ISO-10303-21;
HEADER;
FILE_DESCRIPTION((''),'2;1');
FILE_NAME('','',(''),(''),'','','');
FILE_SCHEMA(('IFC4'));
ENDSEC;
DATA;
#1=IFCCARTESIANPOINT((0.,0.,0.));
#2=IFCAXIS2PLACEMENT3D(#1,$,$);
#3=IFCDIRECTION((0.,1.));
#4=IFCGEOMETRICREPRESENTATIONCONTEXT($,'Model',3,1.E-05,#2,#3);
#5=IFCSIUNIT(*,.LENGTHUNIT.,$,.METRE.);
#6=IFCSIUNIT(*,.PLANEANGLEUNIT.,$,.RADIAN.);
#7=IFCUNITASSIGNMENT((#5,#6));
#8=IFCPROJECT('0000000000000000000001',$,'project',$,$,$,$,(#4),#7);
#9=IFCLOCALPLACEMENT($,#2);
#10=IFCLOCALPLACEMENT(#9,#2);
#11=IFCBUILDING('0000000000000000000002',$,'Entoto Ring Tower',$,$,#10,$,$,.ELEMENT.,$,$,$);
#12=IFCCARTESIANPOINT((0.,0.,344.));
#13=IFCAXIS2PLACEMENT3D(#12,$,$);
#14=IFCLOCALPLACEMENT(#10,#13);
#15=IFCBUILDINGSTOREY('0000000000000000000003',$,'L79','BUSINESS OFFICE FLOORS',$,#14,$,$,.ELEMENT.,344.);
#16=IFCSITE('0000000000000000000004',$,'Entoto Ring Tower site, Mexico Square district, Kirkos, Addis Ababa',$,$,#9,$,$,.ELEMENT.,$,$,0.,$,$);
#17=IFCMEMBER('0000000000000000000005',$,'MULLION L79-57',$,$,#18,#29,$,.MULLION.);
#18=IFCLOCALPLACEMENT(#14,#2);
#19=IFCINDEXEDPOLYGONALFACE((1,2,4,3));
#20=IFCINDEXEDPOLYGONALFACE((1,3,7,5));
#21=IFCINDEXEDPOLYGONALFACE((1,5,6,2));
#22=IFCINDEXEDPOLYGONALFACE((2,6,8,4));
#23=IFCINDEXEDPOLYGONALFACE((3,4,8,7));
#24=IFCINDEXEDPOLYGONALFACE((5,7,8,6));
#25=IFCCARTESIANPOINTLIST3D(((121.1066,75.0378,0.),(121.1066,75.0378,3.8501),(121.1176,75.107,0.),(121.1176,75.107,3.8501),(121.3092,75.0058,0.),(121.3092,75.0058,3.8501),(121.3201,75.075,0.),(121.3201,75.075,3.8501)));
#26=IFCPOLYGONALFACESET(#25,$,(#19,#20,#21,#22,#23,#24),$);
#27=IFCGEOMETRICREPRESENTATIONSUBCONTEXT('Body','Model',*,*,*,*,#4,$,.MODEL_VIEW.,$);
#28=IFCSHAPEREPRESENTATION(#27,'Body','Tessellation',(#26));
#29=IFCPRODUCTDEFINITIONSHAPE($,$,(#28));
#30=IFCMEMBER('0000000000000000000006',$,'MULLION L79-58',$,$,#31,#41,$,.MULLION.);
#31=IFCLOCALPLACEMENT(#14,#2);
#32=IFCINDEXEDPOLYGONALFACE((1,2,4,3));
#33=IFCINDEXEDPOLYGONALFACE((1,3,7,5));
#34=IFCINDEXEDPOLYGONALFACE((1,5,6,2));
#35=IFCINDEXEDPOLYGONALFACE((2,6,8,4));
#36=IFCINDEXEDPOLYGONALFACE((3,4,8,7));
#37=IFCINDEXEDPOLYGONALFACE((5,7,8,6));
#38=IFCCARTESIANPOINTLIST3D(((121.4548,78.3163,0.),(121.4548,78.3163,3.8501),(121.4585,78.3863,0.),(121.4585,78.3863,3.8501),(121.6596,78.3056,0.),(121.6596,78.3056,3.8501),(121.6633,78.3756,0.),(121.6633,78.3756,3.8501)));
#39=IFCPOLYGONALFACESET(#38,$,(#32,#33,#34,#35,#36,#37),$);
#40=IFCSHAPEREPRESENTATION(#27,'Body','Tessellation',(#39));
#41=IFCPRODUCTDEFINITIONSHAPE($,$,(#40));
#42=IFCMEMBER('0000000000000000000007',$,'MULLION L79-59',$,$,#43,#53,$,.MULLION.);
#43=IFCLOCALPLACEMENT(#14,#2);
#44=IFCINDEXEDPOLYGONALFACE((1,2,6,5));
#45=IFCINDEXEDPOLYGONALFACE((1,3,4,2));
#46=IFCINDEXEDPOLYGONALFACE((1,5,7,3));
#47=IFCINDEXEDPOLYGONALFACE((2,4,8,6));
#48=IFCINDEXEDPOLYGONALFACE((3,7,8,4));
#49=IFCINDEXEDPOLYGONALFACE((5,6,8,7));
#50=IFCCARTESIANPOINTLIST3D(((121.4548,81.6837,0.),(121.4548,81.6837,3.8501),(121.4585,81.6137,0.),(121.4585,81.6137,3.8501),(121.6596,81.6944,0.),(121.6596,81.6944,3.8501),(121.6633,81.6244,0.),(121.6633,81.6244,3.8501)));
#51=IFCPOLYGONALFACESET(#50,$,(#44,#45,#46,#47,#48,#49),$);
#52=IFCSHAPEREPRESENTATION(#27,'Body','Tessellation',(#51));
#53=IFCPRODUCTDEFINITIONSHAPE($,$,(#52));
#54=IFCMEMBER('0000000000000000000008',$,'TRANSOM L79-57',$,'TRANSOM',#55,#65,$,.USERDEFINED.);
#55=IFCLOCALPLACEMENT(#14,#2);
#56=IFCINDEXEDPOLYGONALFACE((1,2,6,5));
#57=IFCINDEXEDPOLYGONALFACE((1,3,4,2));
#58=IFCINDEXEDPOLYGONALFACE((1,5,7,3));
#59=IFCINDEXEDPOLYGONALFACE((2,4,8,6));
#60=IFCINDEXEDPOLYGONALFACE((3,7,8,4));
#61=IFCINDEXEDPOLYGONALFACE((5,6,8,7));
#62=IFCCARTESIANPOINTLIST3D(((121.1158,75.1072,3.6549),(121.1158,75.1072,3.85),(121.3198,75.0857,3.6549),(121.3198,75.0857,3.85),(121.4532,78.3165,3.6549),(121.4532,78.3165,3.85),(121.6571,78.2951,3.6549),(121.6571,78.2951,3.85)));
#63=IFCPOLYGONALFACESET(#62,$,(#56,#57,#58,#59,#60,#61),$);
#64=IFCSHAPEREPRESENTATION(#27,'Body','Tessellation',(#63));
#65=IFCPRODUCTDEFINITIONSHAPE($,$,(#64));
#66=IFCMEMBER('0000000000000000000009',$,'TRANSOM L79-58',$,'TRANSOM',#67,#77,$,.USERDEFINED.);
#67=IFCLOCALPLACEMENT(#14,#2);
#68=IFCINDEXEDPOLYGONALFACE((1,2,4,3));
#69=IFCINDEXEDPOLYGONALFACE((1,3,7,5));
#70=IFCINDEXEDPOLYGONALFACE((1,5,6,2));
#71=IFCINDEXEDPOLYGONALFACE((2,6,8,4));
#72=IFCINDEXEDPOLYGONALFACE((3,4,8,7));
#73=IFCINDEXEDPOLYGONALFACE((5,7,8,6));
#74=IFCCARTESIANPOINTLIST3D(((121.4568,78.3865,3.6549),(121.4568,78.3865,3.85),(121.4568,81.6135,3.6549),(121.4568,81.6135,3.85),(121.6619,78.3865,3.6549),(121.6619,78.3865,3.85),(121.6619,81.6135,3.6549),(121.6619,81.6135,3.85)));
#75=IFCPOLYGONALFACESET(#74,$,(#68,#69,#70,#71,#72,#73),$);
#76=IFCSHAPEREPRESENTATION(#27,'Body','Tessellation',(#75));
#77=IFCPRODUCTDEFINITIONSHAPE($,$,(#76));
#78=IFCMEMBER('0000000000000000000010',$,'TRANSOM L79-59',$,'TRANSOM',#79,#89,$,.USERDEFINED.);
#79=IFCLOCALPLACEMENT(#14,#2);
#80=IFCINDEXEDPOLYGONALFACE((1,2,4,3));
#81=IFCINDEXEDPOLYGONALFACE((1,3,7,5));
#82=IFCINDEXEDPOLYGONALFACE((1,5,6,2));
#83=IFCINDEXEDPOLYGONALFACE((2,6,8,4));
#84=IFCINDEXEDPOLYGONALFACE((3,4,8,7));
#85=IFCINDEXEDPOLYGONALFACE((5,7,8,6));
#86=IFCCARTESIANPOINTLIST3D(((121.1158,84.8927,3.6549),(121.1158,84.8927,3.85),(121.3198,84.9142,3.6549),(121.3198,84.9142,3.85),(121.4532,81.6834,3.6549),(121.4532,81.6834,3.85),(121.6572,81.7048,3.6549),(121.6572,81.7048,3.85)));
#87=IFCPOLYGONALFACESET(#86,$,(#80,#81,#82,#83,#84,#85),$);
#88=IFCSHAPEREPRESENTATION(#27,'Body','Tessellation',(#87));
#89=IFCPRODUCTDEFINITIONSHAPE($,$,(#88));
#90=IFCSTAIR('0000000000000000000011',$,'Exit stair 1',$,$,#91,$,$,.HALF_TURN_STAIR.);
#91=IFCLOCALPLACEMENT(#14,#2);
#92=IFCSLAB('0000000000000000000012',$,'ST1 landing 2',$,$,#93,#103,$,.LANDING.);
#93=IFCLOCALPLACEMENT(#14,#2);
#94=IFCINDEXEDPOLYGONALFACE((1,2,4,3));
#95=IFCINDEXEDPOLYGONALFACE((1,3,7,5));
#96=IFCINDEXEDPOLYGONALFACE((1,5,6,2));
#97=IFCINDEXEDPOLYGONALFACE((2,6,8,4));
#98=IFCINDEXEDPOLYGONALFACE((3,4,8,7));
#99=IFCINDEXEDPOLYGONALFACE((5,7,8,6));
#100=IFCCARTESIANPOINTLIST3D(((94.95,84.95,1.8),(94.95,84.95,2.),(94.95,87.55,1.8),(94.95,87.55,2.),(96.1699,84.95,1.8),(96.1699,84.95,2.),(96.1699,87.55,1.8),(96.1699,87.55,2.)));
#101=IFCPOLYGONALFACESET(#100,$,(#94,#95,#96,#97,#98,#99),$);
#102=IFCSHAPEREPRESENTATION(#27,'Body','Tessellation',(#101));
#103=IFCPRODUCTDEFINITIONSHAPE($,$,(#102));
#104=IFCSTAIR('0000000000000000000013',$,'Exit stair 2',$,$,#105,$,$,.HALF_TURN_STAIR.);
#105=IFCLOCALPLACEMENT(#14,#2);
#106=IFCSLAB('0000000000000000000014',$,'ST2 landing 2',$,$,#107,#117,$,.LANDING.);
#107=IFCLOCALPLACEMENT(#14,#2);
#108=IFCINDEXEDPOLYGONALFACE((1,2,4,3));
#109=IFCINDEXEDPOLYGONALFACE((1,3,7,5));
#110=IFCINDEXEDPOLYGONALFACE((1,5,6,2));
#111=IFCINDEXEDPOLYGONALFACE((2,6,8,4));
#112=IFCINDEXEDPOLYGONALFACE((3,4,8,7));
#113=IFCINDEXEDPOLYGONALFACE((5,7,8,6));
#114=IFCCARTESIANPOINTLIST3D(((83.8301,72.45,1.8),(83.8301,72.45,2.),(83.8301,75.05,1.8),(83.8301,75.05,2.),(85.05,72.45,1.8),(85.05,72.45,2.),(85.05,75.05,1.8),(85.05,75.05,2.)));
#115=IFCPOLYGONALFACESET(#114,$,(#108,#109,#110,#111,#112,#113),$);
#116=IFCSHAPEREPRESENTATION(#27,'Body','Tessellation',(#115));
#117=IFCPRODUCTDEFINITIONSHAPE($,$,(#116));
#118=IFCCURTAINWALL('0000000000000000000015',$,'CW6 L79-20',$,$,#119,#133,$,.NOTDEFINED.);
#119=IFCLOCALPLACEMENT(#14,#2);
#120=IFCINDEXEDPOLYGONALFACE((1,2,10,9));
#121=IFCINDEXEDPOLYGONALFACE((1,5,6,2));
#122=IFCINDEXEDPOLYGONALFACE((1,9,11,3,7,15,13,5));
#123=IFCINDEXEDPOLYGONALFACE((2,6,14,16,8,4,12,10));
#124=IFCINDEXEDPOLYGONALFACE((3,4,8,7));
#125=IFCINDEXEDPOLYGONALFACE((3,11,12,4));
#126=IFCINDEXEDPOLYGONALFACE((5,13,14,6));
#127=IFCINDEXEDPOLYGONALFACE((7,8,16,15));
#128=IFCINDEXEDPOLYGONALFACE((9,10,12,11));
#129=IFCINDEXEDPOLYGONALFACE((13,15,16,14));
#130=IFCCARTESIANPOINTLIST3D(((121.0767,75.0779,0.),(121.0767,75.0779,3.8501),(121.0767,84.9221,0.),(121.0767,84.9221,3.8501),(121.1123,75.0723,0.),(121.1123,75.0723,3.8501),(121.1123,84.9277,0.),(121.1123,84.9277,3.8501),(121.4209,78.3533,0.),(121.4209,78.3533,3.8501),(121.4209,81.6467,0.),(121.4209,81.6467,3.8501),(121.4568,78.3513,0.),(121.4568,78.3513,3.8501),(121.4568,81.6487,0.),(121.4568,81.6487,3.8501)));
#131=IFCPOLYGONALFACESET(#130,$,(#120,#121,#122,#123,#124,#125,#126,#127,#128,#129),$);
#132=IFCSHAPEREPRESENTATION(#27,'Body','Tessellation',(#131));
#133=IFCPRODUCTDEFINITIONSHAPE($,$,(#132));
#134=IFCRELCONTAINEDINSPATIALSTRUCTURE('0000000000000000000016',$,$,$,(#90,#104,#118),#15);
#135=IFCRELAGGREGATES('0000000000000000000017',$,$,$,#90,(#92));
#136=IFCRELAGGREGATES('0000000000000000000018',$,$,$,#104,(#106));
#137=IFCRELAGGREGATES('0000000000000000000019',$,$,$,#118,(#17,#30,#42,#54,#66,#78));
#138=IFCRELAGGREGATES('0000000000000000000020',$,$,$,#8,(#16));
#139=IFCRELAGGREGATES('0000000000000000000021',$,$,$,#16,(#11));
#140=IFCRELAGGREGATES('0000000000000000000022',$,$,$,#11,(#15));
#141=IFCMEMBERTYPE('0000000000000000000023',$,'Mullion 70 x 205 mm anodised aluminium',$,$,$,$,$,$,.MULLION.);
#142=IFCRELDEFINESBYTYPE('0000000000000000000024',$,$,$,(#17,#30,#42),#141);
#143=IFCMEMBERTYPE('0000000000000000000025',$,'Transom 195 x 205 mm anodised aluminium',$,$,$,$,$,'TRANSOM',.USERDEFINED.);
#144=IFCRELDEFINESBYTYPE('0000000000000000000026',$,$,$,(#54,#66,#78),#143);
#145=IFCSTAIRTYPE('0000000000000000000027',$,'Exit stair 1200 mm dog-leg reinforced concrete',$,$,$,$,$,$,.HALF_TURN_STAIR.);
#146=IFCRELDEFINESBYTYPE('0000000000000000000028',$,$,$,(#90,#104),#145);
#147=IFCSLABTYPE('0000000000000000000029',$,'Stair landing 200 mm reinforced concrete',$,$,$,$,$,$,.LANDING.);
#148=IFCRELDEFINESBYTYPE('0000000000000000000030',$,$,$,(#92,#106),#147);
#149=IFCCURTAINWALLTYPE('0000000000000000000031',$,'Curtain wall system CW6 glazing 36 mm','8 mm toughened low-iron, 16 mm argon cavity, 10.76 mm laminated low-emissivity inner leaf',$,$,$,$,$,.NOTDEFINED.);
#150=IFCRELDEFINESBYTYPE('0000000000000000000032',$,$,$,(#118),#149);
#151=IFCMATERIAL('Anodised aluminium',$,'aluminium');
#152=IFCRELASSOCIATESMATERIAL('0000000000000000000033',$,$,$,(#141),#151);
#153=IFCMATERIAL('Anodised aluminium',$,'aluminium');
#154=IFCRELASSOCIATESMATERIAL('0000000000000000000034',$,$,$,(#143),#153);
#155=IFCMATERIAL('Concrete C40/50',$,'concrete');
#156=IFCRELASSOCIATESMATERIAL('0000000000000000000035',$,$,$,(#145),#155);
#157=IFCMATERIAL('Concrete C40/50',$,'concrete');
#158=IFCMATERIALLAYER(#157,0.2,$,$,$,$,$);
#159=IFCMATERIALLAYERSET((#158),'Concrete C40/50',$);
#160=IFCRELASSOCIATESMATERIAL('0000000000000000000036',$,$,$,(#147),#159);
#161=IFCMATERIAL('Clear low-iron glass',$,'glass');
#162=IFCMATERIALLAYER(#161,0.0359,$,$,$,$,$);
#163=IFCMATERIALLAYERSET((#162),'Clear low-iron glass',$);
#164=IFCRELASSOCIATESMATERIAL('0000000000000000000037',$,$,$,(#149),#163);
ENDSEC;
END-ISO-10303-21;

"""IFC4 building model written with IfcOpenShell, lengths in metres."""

from ifc_helpers import new_model, si_unit, direction, frame, origin, origin_2d, place, context, subcontext, project, spatial, polyline, rectangle, outline, extrude, material, layer, layer_set, material_profile, profile_set, type_object, element, aggregate, save


model = new_model("IFC4")

# Units and contexts
model_context = context("Model", 3, precision=1e-05, world=origin(), true_north=direction((0.0, 1.0)))
body_context = subcontext(model_context, "Body", "Model", "MODEL_VIEW")
ifc_project = project(units=[si_unit("LENGTHUNIT", "METRE"), si_unit("PLANEANGLEUNIT", "RADIAN")], contexts=[model_context])

# Members
ifc_material_1 = material(Name="Anodised aluminium", Category="aluminium")
ifc_material_profile_1 = material_profile(ifc_material_1, rectangle(XDim=0.0701, YDim=0.2051, at=origin_2d()), Name="Mullion 70 x 205 mm anodised aluminium")
ifc_profile_set_1 = profile_set([ifc_material_profile_1], Name="Anodised aluminium")
member_type_1 = type_object("IfcMemberType", Name="Mullion 70 x 205 mm anodised aluminium", PredefinedType="MULLION", material=ifc_profile_set_1)
site_placement = place(None, origin())
building_placement = place(site_placement, origin())
storey_placement = place(building_placement, frame((0.0, 0.0, 344.0)))
member_1_placement = place(storey_placement, frame((121.2134, 75.0564, 0.0), z_axis=(0.0, 0.0, 1.0), x_axis=(0.156434, 0.987688, 0.0)))
member_1 = element("IfcMember", 1, at=member_1_placement, type_object=member_type_1, Name="MULLION L79-57", PredefinedType="MULLION", context=body_context, shape_type="SweptSolid", body=[
    extrude(rectangle(XDim=0.0701, YDim=0.2051, at=origin_2d()), origin(), (0.0, 0.0, 1.0), 3.8501),
])
member_2_placement = place(storey_placement, frame((121.5591, 78.3459, 0.0), z_axis=(0.0, 0.0, 1.0), x_axis=(0.052336, 0.99863, 0.0)))
member_2 = element("IfcMember", 2, at=member_2_placement, type_object=member_type_1, Name="MULLION L79-58", PredefinedType="MULLION", context=body_context, shape_type="SweptSolid", body=[
    extrude(rectangle(XDim=0.0701, YDim=0.2051, at=origin_2d()), origin(), (0.0, 0.0, 1.0), 3.8501),
])
member_3_placement = place(storey_placement, frame((121.5591, 81.6541, 0.0), z_axis=(0.0, 0.0, 1.0), x_axis=(-0.052336, 0.99863, 0.0)))
member_3 = element("IfcMember", 3, at=member_3_placement, type_object=member_type_1, Name="MULLION L79-59", PredefinedType="MULLION", context=body_context, shape_type="SweptSolid", body=[
    extrude(rectangle(XDim=0.0701, YDim=0.2051, at=origin_2d()), origin(), (0.0, 0.0, 1.0), 3.8501),
])
ifc_material_2 = material(Name="Anodised aluminium", Category="aluminium")
ifc_material_profile_2 = material_profile(ifc_material_2, rectangle(XDim=0.2051, YDim=0.1951, at=origin_2d()), Name="Transom 195 x 205 mm anodised aluminium")
ifc_profile_set_2 = profile_set([ifc_material_profile_2], Name="Anodised aluminium")
member_type_2 = type_object("IfcMemberType", Name="Transom 195 x 205 mm anodised aluminium", ElementType="TRANSOM", PredefinedType="USERDEFINED", material=ifc_profile_set_2)
member_4_placement = place(storey_placement, frame((121.2178, 75.0964, 3.7524), z_axis=(0.104551, 0.99452, 0.0), x_axis=(-0.99452, 0.104551, 0.0)))
member_4 = element("IfcMember", 4, at=member_4_placement, type_object=member_type_2, Name="TRANSOM L79-57", ObjectType="TRANSOM", PredefinedType="USERDEFINED", context=body_context, shape_type="SweptSolid", body=[
    extrude(rectangle(XDim=0.2051, YDim=0.1951, at=origin_2d()), origin(), (0.0, 0.0, 1.0), 3.2271),
])
member_5_placement = place(storey_placement, frame((121.5593, 78.3865, 3.7524), z_axis=(0.0, 1.0, 0.0), x_axis=(-1.0, 0.0, 0.0)))
member_5 = element("IfcMember", 5, at=member_5_placement, type_object=member_type_2, Name="TRANSOM L79-58", ObjectType="TRANSOM", PredefinedType="USERDEFINED", context=body_context, shape_type="SweptSolid", body=[
    extrude(rectangle(XDim=0.2051, YDim=0.1951, at=origin_2d()), origin(), (0.0, 0.0, 1.0), 3.2271),
])
member_6_placement = place(storey_placement, frame((121.5552, 81.6941, 3.7524), z_axis=(-0.104551, 0.99452, 0.0), x_axis=(-0.99452, -0.104551, 0.0)))
member_6 = element("IfcMember", 6, at=member_6_placement, type_object=member_type_2, Name="TRANSOM L79-59", ObjectType="TRANSOM", PredefinedType="USERDEFINED", context=body_context, shape_type="SweptSolid", body=[
    extrude(rectangle(XDim=0.2051, YDim=0.1951, at=origin_2d()), origin(), (0.0, 0.0, 1.0), 3.2271),
])

# Site, building, storey
site = spatial("IfcSite", under=ifc_project, at=site_placement, Name="Entoto Ring Tower site, Mexico Square district, Kirkos, Addis Ababa", CompositionType="ELEMENT", RefElevation=0.0)
building = spatial("IfcBuilding", under=site, at=building_placement, Name="Entoto Ring Tower", CompositionType="ELEMENT")
storey = spatial("IfcBuildingStorey", under=building, at=storey_placement, Name="L79", Description="BUSINESS OFFICE FLOORS", CompositionType="ELEMENT", Elevation=344.0)

# Stairs, slabs
ifc_material_3 = material(Name="Concrete C40/50", Category="concrete")
stair_type = type_object("IfcStairType", Name="Exit stair 1200 mm dog-leg reinforced concrete", PredefinedType="HALF_TURN_STAIR", material=ifc_material_3)
stair_1_placement = place(storey_placement, origin())
stair_1 = element("IfcStair", 7, at=stair_1_placement, inside=storey, type_object=stair_type, Name="Exit stair 1", PredefinedType="HALF_TURN_STAIR")
ifc_material_4 = material(Name="Concrete C40/50", Category="concrete")
ifc_layer_1 = layer(ifc_material_4, 0.2)
ifc_layer_set_1 = layer_set([ifc_layer_1], Name="Concrete C40/50")
slab_type = type_object("IfcSlabType", Name="Stair landing 200 mm reinforced concrete", PredefinedType="LANDING", material=ifc_layer_set_1)
slab_1_placement = place(storey_placement, frame((0.0, 0.0, 1.8)))
slab_1 = element("IfcSlab", 8, at=slab_1_placement, type_object=slab_type, Name="ST1 landing 2", PredefinedType="LANDING", context=body_context, shape_type="SweptSolid", body=[
    extrude(outline(polyline([(94.95, 84.95), (96.1699, 84.95), (96.1699, 87.55), (94.95, 87.55), (94.95, 84.95)])), origin(), (0.0, 0.0, 1.0), 0.2),
])
aggregate(stair_1, [slab_1])
stair_2_placement = place(storey_placement, origin())
stair_2 = element("IfcStair", 9, at=stair_2_placement, inside=storey, type_object=stair_type, Name="Exit stair 2", PredefinedType="HALF_TURN_STAIR")
slab_2_placement = place(storey_placement, frame((0.0, 0.0, 1.8)))
slab_2 = element("IfcSlab", 10, at=slab_2_placement, type_object=slab_type, Name="ST2 landing 2", PredefinedType="LANDING", context=body_context, shape_type="SweptSolid", body=[
    extrude(outline(polyline([(83.8301, 72.45), (85.05, 72.45), (85.05, 75.05), (83.8301, 75.05), (83.8301, 72.45)])), origin(), (0.0, 0.0, 1.0), 0.2),
])
aggregate(stair_2, [slab_2])

# Curtain wall
ifc_material_5 = material(Name="Clear low-iron glass", Category="glass")
ifc_layer_2 = layer(ifc_material_5, 0.0359)
ifc_layer_set_2 = layer_set([ifc_layer_2], Name="Clear low-iron glass")
curtain_wall_type = type_object("IfcCurtainWallType", Name="Curtain wall system CW6 glazing 36 mm", Description="8 mm toughened low-iron, 16 mm argon cavity, 10.76 mm laminated low-emissivity inner leaf", PredefinedType="NOTDEFINED", material=ifc_layer_set_2)
curtain_wall_1_placement = place(storey_placement, origin())
curtain_wall_1 = element("IfcCurtainWall", 11, at=curtain_wall_1_placement, inside=storey, type_object=curtain_wall_type, Name="CW6 L79-20", PredefinedType="NOTDEFINED", context=body_context, shape_type="SweptSolid", body=[
    extrude(outline(polyline([(121.1123, 75.0723), (121.4568, 78.3513), (121.4568, 81.6487), (121.1123, 84.9277), (121.0767, 84.9221), (121.4209, 81.6467), (121.4209, 78.3533), (121.0767, 75.0779), (121.1123, 75.0723)])), origin(), (0.0, 0.0, 1.0), 3.8501),
])
aggregate(curtain_wall_1, [member_1, member_2, member_3, member_4, member_5, member_6])

save(model, "model.ifc")
